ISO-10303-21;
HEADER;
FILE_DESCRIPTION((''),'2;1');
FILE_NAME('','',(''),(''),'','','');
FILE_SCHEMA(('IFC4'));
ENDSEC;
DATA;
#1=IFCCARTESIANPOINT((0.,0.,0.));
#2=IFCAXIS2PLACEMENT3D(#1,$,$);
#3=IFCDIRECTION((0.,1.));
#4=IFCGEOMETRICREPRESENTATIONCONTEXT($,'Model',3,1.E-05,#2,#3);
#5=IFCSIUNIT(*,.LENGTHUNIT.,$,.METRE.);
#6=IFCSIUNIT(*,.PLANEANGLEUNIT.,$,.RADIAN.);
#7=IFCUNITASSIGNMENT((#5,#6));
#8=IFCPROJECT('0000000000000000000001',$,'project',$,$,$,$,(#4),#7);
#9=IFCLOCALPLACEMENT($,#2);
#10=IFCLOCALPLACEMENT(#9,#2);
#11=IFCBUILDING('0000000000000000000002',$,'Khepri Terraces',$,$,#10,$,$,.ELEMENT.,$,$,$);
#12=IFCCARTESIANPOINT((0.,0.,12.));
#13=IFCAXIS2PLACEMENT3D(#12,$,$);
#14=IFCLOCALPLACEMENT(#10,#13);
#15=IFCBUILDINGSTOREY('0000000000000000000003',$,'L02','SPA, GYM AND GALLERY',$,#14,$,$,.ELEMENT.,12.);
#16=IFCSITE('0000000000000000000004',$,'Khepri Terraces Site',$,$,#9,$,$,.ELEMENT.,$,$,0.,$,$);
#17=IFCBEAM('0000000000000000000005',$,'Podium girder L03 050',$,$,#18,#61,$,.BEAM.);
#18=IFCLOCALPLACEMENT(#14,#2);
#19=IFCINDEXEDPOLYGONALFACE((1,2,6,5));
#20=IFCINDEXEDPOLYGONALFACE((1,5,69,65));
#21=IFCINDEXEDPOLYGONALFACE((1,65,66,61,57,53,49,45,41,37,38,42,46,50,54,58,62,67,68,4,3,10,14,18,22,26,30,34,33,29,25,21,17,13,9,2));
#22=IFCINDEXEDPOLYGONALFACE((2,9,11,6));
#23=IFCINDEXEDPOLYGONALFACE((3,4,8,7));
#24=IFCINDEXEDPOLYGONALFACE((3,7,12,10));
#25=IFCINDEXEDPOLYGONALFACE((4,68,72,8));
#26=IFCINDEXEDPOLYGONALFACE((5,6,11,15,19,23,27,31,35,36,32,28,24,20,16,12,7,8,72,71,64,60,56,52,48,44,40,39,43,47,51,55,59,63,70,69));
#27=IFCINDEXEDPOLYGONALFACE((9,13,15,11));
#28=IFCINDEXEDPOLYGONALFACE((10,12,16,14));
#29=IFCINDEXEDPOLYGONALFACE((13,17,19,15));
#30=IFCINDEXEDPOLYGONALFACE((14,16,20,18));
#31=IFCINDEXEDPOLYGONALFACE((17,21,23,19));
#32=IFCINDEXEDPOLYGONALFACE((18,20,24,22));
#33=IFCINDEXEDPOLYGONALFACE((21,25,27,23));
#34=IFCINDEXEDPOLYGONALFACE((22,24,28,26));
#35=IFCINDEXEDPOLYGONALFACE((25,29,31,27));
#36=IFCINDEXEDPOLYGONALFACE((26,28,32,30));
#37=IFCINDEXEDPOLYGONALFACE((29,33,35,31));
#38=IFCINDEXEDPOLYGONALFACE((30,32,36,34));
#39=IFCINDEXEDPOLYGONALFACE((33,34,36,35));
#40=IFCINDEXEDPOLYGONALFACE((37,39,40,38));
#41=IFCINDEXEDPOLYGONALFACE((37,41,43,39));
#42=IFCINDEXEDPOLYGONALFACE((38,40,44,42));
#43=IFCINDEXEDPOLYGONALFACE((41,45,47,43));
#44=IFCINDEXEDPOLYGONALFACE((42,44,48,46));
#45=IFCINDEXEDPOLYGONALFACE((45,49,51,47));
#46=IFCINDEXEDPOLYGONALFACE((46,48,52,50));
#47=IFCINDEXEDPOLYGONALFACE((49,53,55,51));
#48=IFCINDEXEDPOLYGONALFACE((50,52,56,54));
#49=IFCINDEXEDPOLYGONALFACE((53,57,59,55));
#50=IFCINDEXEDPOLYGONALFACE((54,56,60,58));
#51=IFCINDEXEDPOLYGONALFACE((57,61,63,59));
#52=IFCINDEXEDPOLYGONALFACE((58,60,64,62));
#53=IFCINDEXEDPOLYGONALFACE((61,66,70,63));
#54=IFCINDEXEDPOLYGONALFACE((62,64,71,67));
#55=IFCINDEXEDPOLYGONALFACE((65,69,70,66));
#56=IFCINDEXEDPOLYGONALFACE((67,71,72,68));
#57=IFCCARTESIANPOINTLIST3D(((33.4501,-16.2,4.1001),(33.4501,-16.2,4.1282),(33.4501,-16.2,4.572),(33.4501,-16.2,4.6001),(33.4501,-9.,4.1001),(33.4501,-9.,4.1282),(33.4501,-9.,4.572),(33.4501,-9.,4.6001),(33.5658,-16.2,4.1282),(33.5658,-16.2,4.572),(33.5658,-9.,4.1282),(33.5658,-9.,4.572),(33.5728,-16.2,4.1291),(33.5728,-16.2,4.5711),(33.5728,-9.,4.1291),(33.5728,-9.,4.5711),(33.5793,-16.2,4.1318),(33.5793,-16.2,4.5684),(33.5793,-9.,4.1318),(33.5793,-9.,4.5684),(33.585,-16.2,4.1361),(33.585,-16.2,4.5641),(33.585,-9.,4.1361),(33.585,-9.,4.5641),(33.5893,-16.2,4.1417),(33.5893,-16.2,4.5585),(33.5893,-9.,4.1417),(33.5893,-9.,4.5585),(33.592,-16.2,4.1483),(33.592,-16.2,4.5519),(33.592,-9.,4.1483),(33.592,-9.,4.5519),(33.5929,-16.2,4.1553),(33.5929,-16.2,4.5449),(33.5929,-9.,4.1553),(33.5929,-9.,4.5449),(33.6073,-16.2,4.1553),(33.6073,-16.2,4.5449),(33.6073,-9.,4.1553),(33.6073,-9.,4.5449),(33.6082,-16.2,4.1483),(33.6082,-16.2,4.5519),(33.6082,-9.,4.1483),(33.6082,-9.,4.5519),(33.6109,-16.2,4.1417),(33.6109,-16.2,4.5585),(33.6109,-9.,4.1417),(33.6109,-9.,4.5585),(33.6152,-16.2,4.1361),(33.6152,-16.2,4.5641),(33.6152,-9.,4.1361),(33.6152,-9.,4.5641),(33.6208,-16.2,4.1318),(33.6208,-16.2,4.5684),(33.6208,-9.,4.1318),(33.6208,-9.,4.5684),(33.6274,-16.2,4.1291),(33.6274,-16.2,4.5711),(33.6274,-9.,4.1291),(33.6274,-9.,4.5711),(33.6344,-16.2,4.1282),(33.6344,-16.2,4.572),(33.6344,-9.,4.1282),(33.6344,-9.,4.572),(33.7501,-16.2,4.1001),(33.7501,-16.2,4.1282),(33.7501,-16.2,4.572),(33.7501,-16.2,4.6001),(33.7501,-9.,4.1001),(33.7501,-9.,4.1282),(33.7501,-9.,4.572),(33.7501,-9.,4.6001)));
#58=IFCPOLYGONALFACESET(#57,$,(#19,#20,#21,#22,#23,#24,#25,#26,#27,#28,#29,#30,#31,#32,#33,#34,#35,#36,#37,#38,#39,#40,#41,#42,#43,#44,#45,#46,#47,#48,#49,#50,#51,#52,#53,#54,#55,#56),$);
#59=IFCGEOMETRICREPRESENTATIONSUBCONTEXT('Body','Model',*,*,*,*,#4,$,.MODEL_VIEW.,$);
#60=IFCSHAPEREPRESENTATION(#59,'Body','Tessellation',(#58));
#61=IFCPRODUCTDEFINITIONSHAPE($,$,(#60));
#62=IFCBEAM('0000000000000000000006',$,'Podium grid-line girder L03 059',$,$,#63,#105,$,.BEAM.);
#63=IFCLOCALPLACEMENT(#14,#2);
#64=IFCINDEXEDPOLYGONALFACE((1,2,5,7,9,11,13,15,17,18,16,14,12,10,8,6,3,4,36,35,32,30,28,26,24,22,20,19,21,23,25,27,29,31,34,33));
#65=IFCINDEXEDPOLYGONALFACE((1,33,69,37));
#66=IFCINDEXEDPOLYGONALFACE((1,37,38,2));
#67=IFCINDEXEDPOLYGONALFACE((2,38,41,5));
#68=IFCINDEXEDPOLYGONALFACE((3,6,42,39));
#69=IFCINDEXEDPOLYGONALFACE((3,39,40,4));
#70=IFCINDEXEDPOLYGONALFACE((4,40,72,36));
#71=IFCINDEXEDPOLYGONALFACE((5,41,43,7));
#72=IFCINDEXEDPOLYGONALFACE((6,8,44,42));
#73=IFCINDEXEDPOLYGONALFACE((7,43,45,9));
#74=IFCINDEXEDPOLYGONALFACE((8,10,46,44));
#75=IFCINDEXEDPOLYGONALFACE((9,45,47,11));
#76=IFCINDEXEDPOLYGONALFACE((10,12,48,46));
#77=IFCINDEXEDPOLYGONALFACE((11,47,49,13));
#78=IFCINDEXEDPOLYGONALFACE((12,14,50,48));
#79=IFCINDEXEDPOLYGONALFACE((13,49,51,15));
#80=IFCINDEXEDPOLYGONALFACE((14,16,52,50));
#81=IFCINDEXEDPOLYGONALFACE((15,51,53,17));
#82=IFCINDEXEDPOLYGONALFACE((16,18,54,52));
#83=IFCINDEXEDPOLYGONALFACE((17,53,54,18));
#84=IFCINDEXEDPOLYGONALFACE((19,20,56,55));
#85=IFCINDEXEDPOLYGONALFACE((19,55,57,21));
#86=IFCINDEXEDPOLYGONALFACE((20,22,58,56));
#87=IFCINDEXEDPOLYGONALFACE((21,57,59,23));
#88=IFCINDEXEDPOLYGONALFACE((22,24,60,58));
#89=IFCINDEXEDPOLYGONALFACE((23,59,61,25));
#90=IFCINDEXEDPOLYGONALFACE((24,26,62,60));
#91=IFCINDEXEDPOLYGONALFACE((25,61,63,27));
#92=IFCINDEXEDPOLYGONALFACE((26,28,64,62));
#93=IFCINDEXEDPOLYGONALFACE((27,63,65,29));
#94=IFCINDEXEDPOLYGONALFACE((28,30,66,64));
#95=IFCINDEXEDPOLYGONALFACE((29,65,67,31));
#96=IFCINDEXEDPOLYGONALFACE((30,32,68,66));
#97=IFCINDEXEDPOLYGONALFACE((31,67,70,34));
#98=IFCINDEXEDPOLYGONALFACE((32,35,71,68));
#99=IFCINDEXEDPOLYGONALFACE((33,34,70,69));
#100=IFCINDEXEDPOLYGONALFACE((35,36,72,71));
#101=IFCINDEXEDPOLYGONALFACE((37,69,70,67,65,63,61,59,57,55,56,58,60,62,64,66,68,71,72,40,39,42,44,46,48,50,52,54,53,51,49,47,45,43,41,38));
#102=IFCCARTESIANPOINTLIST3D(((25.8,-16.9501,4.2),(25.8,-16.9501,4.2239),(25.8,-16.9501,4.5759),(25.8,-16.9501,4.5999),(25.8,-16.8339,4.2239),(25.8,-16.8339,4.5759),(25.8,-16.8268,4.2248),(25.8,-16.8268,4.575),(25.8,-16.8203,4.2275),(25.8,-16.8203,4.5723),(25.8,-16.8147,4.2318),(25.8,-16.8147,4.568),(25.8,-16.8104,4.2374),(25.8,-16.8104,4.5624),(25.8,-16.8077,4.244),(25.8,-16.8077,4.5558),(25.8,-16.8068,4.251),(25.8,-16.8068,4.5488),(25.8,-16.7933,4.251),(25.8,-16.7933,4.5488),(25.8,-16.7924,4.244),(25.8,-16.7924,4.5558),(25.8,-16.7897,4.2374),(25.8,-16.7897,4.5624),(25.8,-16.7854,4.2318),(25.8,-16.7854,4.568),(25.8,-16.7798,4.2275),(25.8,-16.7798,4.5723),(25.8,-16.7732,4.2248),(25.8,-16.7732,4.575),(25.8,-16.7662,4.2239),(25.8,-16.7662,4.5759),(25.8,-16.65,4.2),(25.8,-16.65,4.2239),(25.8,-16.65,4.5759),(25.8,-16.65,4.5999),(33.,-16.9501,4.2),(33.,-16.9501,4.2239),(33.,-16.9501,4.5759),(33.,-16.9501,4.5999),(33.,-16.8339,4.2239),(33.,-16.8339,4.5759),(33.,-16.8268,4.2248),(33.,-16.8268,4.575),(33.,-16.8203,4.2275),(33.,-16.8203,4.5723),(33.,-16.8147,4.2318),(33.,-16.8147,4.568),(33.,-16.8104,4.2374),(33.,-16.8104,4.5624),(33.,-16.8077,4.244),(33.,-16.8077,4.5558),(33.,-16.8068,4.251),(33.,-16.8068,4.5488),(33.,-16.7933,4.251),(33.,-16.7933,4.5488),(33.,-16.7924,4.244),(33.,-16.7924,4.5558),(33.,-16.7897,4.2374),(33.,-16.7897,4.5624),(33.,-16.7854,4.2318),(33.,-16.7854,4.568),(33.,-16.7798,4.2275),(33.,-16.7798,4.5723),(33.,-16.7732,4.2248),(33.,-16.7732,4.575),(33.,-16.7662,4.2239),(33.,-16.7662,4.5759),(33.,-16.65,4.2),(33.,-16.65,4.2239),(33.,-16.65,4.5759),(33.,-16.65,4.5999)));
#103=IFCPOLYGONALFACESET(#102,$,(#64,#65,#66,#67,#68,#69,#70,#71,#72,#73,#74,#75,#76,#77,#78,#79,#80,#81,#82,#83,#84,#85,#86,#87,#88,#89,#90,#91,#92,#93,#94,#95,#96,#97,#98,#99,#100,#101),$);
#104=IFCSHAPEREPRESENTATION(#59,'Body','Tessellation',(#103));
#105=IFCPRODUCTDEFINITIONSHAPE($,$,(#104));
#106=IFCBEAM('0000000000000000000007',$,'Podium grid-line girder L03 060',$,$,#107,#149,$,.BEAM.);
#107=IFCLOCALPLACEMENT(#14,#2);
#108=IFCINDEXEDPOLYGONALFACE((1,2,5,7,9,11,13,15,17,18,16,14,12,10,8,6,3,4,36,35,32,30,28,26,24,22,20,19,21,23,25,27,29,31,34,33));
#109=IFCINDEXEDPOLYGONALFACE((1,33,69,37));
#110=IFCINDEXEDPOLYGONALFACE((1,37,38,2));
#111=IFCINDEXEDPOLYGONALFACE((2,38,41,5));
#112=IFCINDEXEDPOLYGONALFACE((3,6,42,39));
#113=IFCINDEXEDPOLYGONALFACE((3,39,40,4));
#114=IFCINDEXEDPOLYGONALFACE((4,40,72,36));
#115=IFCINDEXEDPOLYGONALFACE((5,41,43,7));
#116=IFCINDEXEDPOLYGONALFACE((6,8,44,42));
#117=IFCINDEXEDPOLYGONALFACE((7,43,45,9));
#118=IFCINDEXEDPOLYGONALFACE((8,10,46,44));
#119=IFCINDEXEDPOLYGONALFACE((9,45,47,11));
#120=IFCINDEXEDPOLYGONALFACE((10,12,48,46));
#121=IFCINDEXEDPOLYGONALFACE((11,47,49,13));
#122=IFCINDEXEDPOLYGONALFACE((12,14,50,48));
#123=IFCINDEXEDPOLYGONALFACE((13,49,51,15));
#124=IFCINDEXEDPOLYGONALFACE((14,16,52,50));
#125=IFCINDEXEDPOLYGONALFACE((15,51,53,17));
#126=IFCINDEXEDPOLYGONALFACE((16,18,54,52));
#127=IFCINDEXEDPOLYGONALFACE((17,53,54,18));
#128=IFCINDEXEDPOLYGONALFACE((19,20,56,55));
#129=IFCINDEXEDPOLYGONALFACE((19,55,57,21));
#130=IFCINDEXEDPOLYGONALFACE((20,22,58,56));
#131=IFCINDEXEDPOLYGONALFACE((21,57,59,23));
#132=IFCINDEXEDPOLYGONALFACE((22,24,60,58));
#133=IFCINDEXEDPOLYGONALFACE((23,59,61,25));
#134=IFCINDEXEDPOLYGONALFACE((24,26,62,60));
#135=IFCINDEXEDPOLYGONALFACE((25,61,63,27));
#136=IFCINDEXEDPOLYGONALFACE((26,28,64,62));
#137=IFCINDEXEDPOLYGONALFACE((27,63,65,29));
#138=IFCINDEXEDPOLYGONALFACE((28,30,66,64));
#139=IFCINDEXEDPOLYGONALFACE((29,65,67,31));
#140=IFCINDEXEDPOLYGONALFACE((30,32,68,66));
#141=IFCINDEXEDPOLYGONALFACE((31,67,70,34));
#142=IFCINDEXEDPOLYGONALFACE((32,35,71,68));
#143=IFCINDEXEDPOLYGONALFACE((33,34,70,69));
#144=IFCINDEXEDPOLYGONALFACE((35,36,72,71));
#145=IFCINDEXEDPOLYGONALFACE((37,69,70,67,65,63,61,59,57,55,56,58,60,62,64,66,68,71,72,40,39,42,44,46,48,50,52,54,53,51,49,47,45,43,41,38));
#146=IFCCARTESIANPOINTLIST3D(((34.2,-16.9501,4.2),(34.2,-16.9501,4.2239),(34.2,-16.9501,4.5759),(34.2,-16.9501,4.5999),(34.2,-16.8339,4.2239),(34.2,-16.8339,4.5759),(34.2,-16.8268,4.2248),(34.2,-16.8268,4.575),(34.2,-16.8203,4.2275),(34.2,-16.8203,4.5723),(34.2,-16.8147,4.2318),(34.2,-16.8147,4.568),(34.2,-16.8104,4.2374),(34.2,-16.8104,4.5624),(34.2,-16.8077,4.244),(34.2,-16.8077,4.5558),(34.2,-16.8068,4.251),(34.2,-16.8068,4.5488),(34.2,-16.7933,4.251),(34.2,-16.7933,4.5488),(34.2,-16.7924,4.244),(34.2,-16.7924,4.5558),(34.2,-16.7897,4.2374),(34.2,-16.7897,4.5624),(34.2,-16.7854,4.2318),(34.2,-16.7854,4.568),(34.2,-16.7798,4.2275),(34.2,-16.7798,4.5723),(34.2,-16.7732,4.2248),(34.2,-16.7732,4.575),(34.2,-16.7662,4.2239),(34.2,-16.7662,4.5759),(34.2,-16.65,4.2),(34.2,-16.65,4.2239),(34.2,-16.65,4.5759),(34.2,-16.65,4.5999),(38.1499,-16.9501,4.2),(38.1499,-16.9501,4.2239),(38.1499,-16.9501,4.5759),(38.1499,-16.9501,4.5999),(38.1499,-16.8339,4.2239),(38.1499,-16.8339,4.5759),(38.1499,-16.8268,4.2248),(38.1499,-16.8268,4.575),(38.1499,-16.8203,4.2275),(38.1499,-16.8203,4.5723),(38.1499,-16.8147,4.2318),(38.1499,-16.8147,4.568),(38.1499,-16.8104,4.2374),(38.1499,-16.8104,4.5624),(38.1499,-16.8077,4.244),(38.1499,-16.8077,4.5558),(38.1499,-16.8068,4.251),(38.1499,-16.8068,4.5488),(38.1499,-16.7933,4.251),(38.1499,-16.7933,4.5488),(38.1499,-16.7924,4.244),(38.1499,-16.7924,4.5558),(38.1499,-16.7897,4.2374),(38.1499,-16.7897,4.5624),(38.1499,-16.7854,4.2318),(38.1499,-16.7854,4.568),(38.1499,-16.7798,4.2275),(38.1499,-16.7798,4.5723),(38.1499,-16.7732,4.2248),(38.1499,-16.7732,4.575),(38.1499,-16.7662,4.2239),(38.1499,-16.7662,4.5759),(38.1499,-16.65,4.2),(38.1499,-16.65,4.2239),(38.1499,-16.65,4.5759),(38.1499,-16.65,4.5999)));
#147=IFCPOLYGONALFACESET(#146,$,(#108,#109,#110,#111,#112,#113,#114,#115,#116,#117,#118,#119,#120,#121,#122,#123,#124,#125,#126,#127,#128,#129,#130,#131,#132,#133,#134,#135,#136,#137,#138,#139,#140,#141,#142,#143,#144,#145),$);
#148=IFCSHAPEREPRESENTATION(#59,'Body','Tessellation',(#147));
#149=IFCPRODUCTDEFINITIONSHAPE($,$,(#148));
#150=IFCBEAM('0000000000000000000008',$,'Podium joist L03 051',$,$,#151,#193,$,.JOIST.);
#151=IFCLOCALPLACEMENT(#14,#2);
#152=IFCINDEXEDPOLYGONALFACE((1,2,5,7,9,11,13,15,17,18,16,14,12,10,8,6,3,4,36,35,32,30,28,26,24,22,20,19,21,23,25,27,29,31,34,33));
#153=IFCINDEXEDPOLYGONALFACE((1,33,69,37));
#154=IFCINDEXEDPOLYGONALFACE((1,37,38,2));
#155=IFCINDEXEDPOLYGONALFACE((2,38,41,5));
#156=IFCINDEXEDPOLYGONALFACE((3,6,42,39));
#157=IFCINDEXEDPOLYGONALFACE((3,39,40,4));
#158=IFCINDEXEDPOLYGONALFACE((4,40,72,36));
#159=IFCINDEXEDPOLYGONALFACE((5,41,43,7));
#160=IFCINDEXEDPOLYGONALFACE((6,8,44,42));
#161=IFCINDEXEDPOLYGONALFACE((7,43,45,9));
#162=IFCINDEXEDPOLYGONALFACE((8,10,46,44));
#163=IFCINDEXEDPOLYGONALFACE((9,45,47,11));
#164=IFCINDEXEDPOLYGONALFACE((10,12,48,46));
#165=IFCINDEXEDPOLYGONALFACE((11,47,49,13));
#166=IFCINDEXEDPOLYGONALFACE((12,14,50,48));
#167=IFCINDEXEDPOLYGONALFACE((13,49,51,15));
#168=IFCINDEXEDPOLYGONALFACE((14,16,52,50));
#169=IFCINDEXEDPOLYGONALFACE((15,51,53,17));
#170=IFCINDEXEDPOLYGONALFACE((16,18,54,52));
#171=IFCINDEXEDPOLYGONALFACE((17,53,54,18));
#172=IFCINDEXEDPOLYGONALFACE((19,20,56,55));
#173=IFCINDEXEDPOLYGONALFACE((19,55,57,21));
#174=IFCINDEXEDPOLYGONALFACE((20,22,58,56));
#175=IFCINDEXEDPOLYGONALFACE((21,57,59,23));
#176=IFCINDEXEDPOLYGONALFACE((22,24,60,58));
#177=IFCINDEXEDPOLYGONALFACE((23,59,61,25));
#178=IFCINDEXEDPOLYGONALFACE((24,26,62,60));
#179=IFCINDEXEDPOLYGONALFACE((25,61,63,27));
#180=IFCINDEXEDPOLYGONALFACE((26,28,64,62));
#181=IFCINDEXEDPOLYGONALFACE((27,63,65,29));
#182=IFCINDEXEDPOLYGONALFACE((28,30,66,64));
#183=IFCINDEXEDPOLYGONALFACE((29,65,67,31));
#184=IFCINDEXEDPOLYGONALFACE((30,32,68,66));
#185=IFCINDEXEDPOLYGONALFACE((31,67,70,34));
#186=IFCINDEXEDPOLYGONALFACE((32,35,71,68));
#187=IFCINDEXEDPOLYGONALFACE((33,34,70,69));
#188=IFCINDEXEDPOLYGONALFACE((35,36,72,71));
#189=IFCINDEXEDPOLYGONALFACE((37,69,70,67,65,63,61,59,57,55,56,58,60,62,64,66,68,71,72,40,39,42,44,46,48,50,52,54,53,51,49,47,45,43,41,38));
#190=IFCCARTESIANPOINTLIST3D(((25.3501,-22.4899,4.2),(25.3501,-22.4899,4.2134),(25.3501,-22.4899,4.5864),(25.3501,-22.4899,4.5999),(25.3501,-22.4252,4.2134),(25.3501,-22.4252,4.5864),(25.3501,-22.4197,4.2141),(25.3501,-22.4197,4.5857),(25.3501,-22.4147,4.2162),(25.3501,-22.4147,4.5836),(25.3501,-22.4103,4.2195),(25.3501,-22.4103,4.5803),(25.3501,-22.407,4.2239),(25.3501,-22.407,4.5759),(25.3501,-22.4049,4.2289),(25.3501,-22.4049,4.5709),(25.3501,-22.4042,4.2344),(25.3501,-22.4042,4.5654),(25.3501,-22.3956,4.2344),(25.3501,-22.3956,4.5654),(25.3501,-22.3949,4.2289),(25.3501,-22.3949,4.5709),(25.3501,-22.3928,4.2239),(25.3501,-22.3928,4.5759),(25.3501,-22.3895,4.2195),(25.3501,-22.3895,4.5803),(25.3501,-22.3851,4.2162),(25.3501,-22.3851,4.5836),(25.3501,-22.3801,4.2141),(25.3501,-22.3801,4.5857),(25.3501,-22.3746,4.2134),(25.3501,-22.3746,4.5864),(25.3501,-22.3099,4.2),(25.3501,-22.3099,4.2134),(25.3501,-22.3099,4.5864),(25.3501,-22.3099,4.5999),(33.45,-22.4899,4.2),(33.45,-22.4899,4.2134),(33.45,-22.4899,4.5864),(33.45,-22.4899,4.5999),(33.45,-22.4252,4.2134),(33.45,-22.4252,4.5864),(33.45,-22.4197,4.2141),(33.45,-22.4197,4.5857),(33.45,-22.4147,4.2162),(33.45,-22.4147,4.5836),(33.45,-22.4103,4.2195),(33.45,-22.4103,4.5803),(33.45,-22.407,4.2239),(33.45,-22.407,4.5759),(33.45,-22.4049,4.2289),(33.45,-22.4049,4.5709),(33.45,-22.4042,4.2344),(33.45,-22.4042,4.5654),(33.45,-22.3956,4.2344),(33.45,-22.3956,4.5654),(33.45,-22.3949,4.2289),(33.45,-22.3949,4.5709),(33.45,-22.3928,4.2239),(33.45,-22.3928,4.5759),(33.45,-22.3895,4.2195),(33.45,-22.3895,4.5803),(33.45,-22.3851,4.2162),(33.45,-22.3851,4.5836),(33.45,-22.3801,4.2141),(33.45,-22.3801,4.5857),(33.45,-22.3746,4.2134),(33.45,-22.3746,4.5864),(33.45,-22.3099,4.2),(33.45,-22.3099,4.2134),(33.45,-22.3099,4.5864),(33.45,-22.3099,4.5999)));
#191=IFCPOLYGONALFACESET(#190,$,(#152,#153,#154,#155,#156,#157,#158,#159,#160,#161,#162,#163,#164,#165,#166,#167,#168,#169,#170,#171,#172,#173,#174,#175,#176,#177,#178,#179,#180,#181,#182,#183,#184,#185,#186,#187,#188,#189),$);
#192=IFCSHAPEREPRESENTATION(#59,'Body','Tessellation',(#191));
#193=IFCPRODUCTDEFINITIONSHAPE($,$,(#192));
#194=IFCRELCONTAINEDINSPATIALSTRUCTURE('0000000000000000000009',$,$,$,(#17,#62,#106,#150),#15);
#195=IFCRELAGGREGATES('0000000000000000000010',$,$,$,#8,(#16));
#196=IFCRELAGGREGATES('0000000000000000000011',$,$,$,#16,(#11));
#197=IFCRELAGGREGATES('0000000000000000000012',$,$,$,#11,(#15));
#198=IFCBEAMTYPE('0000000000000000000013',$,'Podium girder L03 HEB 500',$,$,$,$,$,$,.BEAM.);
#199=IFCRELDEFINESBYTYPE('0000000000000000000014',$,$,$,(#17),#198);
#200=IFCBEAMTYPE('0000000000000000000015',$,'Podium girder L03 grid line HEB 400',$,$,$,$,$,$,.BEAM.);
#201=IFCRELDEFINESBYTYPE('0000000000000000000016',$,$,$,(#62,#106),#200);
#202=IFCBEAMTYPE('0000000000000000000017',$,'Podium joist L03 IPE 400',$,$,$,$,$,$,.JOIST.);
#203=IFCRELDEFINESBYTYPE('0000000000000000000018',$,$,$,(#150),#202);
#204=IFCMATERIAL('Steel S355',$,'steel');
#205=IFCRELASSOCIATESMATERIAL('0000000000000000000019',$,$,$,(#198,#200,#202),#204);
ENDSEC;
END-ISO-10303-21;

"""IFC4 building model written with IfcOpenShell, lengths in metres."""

from ifc_helpers import new_model, si_unit, direction, frame, origin, origin_2d, place, context, subcontext, project, spatial, i_section, extrude, material, material_profile, profile_set, type_object, element, save


model = new_model("IFC4")

# Units and contexts
model_context = context("Model", 3, precision=1e-05, world=origin(), true_north=direction((0.0, 1.0)))
body_context = subcontext(model_context, "Body", "Model", "MODEL_VIEW")
ifc_project = project(units=[si_unit("LENGTHUNIT", "METRE"), si_unit("PLANEANGLEUNIT", "RADIAN")], contexts=[model_context])

# Site, building, storey
site_placement = place(None, origin())
site = spatial("IfcSite", under=ifc_project, at=site_placement, Name="Khepri Terraces Site", CompositionType="ELEMENT", RefElevation=0.0)
building_placement = place(site_placement, origin())
building = spatial("IfcBuilding", under=site, at=building_placement, Name="Khepri Terraces", CompositionType="ELEMENT")
storey_placement = place(building_placement, frame((0.0, 0.0, 12.0)))
storey = spatial("IfcBuildingStorey", under=building, at=storey_placement, Name="L02", Description="SPA, GYM AND GALLERY", CompositionType="ELEMENT", Elevation=12.0)

# Beams
ifc_material_1 = material(Name="Steel S355", Category="steel")
ifc_material_profile_1 = material_profile(ifc_material_1, i_section(OverallWidth=0.3, OverallDepth=0.5, WebThickness=0.0144, FlangeThickness=0.0281, FilletRadius=0.0271, at=origin_2d()), Name="Steel S355", Category="steel")
ifc_profile_set_1 = profile_set([ifc_material_profile_1], Name="Steel S355")
beam_type_1 = type_object("IfcBeamType", Name="Podium girder L03 HEB 500", PredefinedType="BEAM", material=ifc_profile_set_1)
beam_1_placement = place(storey_placement, frame((33.6001, -16.2, 4.3501), z_axis=(0.0, 1.0, 0.0), x_axis=(-1.0, 0.0, 0.0)))
element("IfcBeam", 1, at=beam_1_placement, inside=storey, type_object=beam_type_1, Name="Podium girder L03 050", PredefinedType="BEAM", context=body_context, shape_type="SweptSolid", body=[
    extrude(i_section(OverallWidth=0.3, OverallDepth=0.5, WebThickness=0.0144, FlangeThickness=0.0281, FilletRadius=0.0271, at=origin_2d()), origin(), (0.0, 0.0, 1.0), 7.2),
])
ifc_material_profile_2 = material_profile(ifc_material_1, i_section(OverallWidth=0.3, OverallDepth=0.3999, WebThickness=0.0134, FlangeThickness=0.0239, FilletRadius=0.0271, at=origin_2d()), Name="Steel S355", Category="steel")
ifc_profile_set_2 = profile_set([ifc_material_profile_2], Name="Steel S355")
beam_type_2 = type_object("IfcBeamType", Name="Podium girder L03 grid line HEB 400", PredefinedType="BEAM", material=ifc_profile_set_2)
beam_2_placement = place(storey_placement, frame((25.8, -16.8, 4.3999), z_axis=(1.0, 0.0, 0.0), x_axis=(0.0, 1.0, 0.0)))
element("IfcBeam", 2, at=beam_2_placement, inside=storey, type_object=beam_type_2, Name="Podium grid-line girder L03 059", PredefinedType="BEAM", context=body_context, shape_type="SweptSolid", body=[
    extrude(i_section(OverallWidth=0.3, OverallDepth=0.3999, WebThickness=0.0134, FlangeThickness=0.0239, FilletRadius=0.0271, at=origin_2d()), origin(), (0.0, 0.0, 1.0), 7.2),
])
beam_3_placement = place(storey_placement, frame((34.2, -16.8, 4.3999), z_axis=(1.0, 0.0, 0.0), x_axis=(0.0, 1.0, 0.0)))
element("IfcBeam", 3, at=beam_3_placement, inside=storey, type_object=beam_type_2, Name="Podium grid-line girder L03 060", PredefinedType="BEAM", context=body_context, shape_type="SweptSolid", body=[
    extrude(i_section(OverallWidth=0.3, OverallDepth=0.3999, WebThickness=0.0134, FlangeThickness=0.0239, FilletRadius=0.0271, at=origin_2d()), origin(), (0.0, 0.0, 1.0), 3.95),
])
ifc_material_profile_3 = material_profile(ifc_material_1, i_section(OverallWidth=0.1799, OverallDepth=0.3999, WebThickness=0.0085, FlangeThickness=0.0134, FilletRadius=0.021, at=origin_2d()), Name="Steel S355", Category="steel")
ifc_profile_set_3 = profile_set([ifc_material_profile_3], Name="Steel S355")
beam_type_3 = type_object("IfcBeamType", Name="Podium joist L03 IPE 400", PredefinedType="JOIST", material=ifc_profile_set_3)
for number, where, z_axis, x_axis, name in (
    (4, (25.3501, -22.3999, 4.3999), (1.0, 0.0, 0.0), (0.0, 1.0, 0.0), "Podium joist L03 051"),
):
    element("IfcBeam", number, at=place(storey_placement, frame(where, z_axis=z_axis, x_axis=x_axis)), inside=storey, type_object=beam_type_3, Name=name, PredefinedType="JOIST", context=body_context, shape_type="SweptSolid", body=[
        extrude(i_section(OverallWidth=0.1799, OverallDepth=0.3999, WebThickness=0.0085, FlangeThickness=0.0134, FilletRadius=0.021, at=origin_2d()), origin(), (0.0, 0.0, 1.0), 8.0999),
    ])

save(model, "model.ifc")
